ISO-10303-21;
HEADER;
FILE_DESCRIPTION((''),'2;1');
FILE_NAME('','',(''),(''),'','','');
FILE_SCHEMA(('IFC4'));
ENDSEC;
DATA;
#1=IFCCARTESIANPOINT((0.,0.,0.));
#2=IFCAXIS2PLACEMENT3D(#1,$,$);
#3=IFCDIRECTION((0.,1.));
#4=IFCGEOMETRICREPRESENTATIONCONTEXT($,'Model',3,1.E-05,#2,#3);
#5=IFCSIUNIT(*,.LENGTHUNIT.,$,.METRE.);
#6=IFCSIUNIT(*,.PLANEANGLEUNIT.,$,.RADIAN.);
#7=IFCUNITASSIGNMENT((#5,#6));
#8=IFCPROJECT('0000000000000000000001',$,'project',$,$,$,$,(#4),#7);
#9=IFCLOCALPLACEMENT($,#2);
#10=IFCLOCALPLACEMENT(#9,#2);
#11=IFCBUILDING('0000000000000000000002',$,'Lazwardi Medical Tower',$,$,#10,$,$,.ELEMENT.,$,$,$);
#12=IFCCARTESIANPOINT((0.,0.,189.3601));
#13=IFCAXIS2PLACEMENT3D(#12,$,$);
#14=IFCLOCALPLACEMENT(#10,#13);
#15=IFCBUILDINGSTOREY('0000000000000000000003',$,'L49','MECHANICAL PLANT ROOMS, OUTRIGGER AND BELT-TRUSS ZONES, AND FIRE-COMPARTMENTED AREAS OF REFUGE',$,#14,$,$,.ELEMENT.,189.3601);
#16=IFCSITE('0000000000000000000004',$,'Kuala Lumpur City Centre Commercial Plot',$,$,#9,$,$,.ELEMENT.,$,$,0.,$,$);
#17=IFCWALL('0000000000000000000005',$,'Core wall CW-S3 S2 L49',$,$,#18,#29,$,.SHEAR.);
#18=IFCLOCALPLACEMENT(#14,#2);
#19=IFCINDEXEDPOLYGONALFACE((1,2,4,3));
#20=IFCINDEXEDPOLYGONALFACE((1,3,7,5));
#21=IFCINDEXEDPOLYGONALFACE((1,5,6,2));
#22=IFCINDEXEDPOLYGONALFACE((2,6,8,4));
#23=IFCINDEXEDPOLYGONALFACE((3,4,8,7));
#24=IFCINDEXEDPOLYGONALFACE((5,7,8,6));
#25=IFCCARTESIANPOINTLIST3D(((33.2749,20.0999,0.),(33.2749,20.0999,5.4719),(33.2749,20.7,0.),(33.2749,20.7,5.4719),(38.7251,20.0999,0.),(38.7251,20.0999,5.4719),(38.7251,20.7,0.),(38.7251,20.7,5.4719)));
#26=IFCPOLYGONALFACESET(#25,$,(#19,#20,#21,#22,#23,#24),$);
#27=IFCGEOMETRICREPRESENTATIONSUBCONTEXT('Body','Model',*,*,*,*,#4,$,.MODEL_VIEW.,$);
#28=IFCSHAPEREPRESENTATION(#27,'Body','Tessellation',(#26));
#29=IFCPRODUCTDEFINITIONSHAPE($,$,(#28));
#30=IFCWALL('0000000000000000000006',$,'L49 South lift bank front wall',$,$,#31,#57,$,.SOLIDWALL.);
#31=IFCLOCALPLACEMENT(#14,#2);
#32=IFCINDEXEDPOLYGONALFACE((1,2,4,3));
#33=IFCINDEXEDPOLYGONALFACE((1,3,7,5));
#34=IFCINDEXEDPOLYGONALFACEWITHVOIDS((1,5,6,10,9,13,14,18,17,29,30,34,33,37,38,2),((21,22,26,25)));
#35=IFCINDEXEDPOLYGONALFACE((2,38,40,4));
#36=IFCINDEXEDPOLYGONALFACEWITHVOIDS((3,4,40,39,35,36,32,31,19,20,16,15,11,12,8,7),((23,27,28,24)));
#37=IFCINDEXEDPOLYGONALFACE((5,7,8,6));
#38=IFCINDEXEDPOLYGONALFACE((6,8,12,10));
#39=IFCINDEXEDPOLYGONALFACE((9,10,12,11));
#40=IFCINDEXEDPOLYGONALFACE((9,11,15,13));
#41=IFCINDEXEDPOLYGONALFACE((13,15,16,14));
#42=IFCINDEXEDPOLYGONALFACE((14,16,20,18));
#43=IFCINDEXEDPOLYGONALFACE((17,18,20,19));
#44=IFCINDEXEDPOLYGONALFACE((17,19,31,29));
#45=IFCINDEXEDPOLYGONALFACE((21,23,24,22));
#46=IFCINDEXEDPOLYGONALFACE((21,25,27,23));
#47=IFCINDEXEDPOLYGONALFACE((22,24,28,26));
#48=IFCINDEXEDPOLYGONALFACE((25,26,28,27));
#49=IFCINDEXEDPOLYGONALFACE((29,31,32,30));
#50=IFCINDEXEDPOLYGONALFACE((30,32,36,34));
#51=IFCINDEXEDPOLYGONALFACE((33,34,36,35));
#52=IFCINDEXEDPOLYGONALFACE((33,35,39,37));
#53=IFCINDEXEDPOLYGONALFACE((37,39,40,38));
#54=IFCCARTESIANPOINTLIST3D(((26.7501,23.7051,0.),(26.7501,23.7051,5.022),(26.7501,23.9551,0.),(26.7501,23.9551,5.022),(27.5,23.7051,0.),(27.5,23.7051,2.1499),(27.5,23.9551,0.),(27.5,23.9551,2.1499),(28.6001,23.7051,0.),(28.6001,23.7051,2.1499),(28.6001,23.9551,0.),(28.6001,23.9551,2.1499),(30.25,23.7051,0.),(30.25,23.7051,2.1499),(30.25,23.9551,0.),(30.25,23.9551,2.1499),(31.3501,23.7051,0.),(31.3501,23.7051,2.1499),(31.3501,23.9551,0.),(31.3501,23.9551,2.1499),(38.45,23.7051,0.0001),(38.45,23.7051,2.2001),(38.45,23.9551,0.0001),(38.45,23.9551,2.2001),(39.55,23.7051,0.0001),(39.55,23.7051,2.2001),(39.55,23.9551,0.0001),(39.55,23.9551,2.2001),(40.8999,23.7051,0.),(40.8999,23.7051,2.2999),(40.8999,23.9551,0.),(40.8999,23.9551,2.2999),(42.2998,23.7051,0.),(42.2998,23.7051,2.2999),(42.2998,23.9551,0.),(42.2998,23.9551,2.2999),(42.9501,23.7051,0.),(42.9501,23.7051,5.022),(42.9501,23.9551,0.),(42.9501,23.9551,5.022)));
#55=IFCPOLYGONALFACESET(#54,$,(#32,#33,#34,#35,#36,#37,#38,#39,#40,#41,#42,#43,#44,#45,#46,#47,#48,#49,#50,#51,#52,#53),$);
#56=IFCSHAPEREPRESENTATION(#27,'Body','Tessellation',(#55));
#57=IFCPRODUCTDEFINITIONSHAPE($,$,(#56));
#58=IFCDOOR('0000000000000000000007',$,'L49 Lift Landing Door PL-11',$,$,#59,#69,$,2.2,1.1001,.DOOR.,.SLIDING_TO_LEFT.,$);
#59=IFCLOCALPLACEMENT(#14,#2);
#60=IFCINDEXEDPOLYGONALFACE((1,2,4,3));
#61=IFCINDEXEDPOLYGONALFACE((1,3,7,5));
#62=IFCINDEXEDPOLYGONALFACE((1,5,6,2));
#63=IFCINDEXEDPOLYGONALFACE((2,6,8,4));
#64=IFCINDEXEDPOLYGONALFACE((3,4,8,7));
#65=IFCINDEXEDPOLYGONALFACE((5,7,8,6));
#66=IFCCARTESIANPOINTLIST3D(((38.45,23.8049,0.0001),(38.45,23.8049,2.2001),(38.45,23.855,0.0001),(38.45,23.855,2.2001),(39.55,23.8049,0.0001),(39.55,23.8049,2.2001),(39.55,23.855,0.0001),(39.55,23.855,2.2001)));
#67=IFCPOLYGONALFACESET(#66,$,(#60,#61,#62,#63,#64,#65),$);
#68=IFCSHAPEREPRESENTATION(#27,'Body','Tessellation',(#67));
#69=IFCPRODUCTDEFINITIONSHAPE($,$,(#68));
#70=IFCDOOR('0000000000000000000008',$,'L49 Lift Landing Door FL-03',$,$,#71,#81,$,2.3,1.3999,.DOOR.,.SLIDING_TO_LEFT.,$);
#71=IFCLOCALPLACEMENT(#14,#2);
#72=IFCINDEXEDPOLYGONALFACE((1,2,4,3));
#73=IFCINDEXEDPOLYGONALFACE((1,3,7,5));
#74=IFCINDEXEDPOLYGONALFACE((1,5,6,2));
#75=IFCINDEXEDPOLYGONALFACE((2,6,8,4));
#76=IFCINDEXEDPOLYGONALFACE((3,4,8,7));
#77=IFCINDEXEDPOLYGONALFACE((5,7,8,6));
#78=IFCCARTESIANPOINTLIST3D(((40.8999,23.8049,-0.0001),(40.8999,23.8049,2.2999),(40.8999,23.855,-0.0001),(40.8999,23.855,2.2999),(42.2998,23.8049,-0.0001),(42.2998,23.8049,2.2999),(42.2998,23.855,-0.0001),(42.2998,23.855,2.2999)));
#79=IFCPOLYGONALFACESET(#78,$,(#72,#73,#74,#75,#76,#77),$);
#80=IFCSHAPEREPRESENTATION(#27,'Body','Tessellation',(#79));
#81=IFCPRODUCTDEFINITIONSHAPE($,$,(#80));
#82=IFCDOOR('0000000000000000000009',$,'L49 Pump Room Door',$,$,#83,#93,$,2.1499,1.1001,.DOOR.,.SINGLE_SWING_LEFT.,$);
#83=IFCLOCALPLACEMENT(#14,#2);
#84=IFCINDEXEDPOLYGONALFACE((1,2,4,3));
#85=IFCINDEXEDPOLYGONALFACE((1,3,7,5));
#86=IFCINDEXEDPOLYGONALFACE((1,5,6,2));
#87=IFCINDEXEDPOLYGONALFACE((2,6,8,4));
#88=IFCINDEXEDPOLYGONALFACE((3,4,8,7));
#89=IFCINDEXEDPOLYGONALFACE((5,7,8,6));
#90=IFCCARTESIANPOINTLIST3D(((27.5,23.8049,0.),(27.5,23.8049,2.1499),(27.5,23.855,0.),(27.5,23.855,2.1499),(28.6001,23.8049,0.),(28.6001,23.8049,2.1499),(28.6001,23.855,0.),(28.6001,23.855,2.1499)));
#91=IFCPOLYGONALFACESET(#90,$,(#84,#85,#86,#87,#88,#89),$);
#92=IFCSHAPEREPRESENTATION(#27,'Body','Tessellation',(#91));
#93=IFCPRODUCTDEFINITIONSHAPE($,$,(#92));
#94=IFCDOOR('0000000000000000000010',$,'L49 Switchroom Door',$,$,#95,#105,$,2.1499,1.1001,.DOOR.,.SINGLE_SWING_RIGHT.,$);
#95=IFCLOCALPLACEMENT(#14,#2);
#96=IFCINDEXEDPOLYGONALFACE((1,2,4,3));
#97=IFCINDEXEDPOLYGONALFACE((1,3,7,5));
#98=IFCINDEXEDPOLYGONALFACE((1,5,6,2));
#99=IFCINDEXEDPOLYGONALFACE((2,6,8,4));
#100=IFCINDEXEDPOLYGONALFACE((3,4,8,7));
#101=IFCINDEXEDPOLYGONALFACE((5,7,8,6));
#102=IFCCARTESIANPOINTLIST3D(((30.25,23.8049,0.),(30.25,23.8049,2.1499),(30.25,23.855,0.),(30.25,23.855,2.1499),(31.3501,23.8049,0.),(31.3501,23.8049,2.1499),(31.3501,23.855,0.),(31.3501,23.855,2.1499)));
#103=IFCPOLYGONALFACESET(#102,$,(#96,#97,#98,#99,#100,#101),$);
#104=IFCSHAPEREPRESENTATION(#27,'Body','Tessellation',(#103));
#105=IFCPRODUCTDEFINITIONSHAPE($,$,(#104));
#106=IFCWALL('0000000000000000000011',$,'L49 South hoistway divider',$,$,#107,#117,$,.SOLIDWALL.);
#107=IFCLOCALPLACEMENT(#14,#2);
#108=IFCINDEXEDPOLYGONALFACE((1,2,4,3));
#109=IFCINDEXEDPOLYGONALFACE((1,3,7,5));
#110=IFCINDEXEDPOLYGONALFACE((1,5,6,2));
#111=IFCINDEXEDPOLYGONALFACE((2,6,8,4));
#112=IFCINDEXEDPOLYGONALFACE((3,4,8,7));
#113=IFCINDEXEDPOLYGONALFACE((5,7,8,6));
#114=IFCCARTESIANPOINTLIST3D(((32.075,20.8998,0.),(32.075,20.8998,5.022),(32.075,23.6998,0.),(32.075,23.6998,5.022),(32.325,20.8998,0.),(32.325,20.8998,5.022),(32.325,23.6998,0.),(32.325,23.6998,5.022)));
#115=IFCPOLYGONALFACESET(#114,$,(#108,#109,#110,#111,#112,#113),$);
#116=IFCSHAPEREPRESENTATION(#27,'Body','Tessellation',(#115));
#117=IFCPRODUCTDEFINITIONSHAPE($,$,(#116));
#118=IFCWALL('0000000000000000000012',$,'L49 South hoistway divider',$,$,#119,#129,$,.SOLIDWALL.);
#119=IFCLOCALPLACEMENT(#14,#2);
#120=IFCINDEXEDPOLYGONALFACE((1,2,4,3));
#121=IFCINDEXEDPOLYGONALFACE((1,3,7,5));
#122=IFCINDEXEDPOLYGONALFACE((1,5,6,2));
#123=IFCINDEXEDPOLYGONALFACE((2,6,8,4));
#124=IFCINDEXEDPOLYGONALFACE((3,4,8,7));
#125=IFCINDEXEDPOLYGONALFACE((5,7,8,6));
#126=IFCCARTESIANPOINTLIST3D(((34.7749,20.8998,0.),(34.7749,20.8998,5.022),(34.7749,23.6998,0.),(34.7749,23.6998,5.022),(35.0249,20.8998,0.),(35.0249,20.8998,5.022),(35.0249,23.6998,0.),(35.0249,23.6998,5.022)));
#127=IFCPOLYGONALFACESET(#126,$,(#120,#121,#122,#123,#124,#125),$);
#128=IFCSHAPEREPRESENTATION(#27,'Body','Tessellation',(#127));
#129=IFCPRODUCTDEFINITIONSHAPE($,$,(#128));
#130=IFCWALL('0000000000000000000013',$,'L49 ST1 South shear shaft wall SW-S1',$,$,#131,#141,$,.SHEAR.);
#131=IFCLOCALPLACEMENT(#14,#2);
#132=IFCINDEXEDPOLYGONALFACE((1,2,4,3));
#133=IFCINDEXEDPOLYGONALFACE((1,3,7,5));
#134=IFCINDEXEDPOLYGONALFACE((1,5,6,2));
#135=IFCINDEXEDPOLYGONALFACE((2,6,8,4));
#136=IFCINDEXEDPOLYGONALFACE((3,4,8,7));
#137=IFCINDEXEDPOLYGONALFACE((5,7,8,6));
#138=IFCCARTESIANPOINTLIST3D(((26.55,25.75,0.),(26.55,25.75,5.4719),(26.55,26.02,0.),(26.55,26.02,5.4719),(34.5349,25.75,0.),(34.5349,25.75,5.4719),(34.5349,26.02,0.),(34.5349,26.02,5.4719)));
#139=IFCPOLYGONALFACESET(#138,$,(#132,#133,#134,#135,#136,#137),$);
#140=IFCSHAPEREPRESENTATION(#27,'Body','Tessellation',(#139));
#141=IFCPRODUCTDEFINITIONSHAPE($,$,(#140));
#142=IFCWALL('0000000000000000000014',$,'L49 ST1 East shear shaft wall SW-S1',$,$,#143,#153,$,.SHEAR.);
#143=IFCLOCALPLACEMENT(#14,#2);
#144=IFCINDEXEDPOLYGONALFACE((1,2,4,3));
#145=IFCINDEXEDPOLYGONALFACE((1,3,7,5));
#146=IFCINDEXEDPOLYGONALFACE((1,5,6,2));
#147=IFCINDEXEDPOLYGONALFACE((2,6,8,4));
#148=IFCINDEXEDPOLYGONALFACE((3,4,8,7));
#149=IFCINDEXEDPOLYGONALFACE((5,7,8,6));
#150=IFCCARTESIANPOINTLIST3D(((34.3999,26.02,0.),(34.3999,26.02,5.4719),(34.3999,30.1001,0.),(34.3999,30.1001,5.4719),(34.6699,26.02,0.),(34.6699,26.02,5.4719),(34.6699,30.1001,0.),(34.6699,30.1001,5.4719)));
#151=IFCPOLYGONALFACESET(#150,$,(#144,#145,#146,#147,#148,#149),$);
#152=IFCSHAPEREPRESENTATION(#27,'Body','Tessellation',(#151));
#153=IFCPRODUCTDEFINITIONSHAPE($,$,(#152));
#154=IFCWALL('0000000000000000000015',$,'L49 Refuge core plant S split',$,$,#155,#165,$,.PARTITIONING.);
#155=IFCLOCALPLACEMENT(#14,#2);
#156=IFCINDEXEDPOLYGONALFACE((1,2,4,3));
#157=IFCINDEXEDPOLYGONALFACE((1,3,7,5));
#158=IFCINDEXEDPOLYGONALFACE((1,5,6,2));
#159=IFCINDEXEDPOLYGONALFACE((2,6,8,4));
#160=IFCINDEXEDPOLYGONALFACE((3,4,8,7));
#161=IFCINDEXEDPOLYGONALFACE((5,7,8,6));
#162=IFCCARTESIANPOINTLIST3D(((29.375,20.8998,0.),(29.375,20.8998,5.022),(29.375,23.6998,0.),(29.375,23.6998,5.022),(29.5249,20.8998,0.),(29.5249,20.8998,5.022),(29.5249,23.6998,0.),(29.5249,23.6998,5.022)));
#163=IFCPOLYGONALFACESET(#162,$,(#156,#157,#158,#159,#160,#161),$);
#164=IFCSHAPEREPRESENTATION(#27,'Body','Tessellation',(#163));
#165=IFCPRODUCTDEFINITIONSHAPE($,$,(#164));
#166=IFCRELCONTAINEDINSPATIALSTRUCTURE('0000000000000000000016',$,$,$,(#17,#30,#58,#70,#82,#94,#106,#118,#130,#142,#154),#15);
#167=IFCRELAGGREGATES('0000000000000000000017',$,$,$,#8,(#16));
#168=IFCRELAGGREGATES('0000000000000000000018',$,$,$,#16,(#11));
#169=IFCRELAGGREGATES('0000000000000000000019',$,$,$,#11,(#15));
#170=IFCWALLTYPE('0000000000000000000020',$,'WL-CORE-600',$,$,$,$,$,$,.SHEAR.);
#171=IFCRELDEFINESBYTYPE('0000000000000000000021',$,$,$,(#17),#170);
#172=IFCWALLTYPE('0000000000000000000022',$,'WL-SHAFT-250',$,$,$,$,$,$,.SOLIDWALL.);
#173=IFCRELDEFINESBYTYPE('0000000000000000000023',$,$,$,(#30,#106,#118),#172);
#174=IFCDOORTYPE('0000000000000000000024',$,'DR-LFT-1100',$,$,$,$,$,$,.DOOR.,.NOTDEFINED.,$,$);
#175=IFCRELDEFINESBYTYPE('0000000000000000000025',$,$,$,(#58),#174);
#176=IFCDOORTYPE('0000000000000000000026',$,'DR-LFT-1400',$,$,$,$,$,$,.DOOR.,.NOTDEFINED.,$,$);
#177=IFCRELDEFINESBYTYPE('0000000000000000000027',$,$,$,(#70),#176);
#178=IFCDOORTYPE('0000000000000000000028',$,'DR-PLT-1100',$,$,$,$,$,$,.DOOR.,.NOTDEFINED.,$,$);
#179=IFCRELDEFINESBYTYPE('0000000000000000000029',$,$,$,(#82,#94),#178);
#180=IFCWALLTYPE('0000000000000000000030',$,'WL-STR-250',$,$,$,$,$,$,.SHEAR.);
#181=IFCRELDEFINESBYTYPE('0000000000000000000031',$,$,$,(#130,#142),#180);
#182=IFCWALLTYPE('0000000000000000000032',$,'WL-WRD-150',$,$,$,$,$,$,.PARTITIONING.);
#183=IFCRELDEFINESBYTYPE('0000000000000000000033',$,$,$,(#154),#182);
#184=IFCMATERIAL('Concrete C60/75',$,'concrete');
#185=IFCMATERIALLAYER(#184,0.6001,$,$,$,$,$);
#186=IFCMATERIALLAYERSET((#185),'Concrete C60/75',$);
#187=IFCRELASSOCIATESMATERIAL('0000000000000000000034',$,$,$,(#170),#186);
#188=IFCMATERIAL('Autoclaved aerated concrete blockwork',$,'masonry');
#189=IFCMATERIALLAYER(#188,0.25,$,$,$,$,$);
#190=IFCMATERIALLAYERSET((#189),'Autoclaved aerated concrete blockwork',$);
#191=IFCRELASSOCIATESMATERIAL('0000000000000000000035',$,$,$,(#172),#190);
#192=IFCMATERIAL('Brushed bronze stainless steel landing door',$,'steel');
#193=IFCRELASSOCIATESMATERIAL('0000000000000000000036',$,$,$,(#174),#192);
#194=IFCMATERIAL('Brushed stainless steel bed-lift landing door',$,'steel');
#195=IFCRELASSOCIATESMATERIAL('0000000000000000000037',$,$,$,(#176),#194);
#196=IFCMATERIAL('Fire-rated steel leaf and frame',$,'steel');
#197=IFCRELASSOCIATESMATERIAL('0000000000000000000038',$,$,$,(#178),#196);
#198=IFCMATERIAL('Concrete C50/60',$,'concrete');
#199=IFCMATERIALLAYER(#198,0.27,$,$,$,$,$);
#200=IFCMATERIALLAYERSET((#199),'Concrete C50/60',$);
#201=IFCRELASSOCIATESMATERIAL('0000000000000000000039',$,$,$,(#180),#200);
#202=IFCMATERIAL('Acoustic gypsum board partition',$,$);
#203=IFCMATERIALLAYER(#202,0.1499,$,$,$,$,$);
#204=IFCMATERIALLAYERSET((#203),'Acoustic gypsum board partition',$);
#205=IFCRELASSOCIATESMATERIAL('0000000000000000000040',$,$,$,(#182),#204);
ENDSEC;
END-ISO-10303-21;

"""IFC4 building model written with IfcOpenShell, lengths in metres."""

from ifc_helpers import new_model, si_unit, direction, frame, frame_2d, origin, place, context, subcontext, project, spatial, rectangle, extrude, material, layer, layer_set, type_object, element, fill, save


model = new_model("IFC4")

# Units and contexts
model_context = context("Model", 3, precision=1e-05, world=origin(), true_north=direction((0.0, 1.0)))
body_context = subcontext(model_context, "Body", "Model", "MODEL_VIEW")
ifc_project = project(units=[si_unit("LENGTHUNIT", "METRE"), si_unit("PLANEANGLEUNIT", "RADIAN")], contexts=[model_context])

# Site, building, storey
site_placement = place(None, origin())
site = spatial("IfcSite", under=ifc_project, at=site_placement, Name="Kuala Lumpur City Centre Commercial Plot", CompositionType="ELEMENT", RefElevation=0.0)
building_placement = place(site_placement, origin())
building = spatial("IfcBuilding", under=site, at=building_placement, Name="Lazwardi Medical Tower", CompositionType="ELEMENT")
storey_placement = place(building_placement, frame((0.0, 0.0, 189.3601)))
storey = spatial("IfcBuildingStorey", under=building, at=storey_placement, Name="L49", Description="MECHANICAL PLANT ROOMS, OUTRIGGER AND BELT-TRUSS ZONES, AND FIRE-COMPARTMENTED AREAS OF REFUGE", CompositionType="ELEMENT", Elevation=189.3601)

# Shared definitions
ifc_material_1 = material(Name="Concrete C60/75", Category="concrete")
ifc_layer_1 = layer(ifc_material_1, 0.6001)
ifc_layer_set_1 = layer_set([ifc_layer_1], Name="Concrete C60/75")
wall_type_1 = type_object("IfcWallType", Name="WL-CORE-600", PredefinedType="SHEAR", material=ifc_layer_set_1)
ifc_material_2 = material(Name="Fire-rated steel leaf and frame", Category="steel")

# Wall
wall_1_placement = place(storey_placement, frame((33.2749, 20.3999, 0.0), z_axis=(0.0, 0.0, 1.0), x_axis=(1.0, 0.0, 0.0)))
element("IfcWall", 1, at=wall_1_placement, inside=storey, type_object=wall_type_1, Name="Core wall CW-S3 S2 L49", PredefinedType="SHEAR", context=body_context, shape_type="SweptSolid", body=[
    extrude(rectangle(XDim=5.4502, YDim=0.6001, at=frame_2d((2.7251, 0.0))), origin(), (0.0, 0.0, 1.0), 5.4719),
])

# Wall, openings, doors
ifc_material_3 = material(Name="Autoclaved aerated concrete blockwork", Category="masonry")
ifc_layer_2 = layer(ifc_material_3, 0.25)
ifc_layer_set_2 = layer_set([ifc_layer_2], Name="Autoclaved aerated concrete blockwork")
wall_type_2 = type_object("IfcWallType", Name="WL-SHAFT-250", PredefinedType="SOLIDWALL", material=ifc_layer_set_2)
wall_2_placement = place(storey_placement, frame((26.75, 23.8301, 0.0), z_axis=(0.0, 0.0, 1.0), x_axis=(1.0, 0.0, 0.0)))
wall_2 = element("IfcWall", 2, at=wall_2_placement, inside=storey, type_object=wall_type_2, Name="L49 South lift bank front wall", PredefinedType="SOLIDWALL", context=body_context, shape_type="SweptSolid", body=[
    extrude(rectangle(XDim=16.2, YDim=0.25, at=frame_2d((8.1001, 0.0))), origin(), (0.0, 0.0, 1.0), 5.022),
])
opening_1_placement = place(wall_2_placement, frame((0.75, 0.0, 0.0)))
opening_1 = element("IfcOpeningElement", 3, at=opening_1_placement, cuts=wall_2, PredefinedType="OPENING", context=body_context, shape_type="SweptSolid", body=[
    extrude(rectangle(XDim=1.1001, YDim=2.1499, at=frame_2d((0.55, 1.075))), frame((0.0, 0.135, 0.0), z_axis=(0.0, -1.0, 0.0), x_axis=(1.0, 0.0, 0.0)), (0.0, 0.0, 1.0), 0.27),
])
opening_2_placement = place(wall_2_placement, frame((3.5, 0.0, 0.0)))
opening_2 = element("IfcOpeningElement", 4, at=opening_2_placement, cuts=wall_2, PredefinedType="OPENING", context=body_context, shape_type="SweptSolid", body=[
    extrude(rectangle(XDim=1.1001, YDim=2.1499, at=frame_2d((0.55, 1.075))), frame((0.0, 0.135, 0.0), z_axis=(0.0, -1.0, 0.0), x_axis=(1.0, 0.0, 0.0)), (0.0, 0.0, 1.0), 0.27),
])
opening_3_placement = place(wall_2_placement, frame((11.7, 0.0, 0.0)))
opening_3 = element("IfcOpeningElement", 5, at=opening_3_placement, cuts=wall_2, PredefinedType="OPENING", context=body_context, shape_type="SweptSolid", body=[
    extrude(rectangle(XDim=1.1001, YDim=2.2, at=frame_2d((0.55, 1.1001))), frame((0.0, 0.135, 0.0), z_axis=(0.0, -1.0, 0.0), x_axis=(1.0, 0.0, 0.0)), (0.0, 0.0, 1.0), 0.27),
])
opening_4_placement = place(wall_2_placement, frame((14.1499, 0.0, 0.0)))
opening_4 = element("IfcOpeningElement", 6, at=opening_4_placement, cuts=wall_2, PredefinedType="OPENING", context=body_context, shape_type="SweptSolid", body=[
    extrude(rectangle(XDim=1.3999, YDim=2.3, at=frame_2d((0.7, 1.1499))), frame((0.0, 0.135, 0.0), z_axis=(0.0, -1.0, 0.0), x_axis=(1.0, 0.0, 0.0)), (0.0, 0.0, 1.0), 0.27),
])
ifc_material_4 = material(Name="Brushed bronze stainless steel landing door", Category="steel")
door_type_1 = type_object("IfcDoorType", Name="DR-LFT-1100", OperationType="NOTDEFINED", PredefinedType="DOOR", material=ifc_material_4)
door_1_placement = place(opening_3_placement, origin())
door_1 = element("IfcDoor", 7, at=door_1_placement, inside=storey, type_object=door_type_1, Name="L49 Lift Landing Door PL-11", OperationType="SLIDING_TO_LEFT", OverallHeight=2.2, OverallWidth=1.1001, PredefinedType="DOOR", context=body_context, shape_type="SweptSolid", body=[
    extrude(rectangle(XDim=1.1001, YDim=2.2, at=frame_2d((0.55, 1.1001))), frame((0.0, 0.0249, 0.0), z_axis=(0.0, -1.0, 0.0), x_axis=(1.0, 0.0, 0.0)), (0.0, 0.0, 1.0), 0.05),
])
fill(opening_3, door_1)
ifc_material_5 = material(Name="Brushed stainless steel bed-lift landing door", Category="steel")
door_type_2 = type_object("IfcDoorType", Name="DR-LFT-1400", OperationType="NOTDEFINED", PredefinedType="DOOR", material=ifc_material_5)
door_2_placement = place(opening_4_placement, origin())
door_2 = element("IfcDoor", 8, at=door_2_placement, inside=storey, type_object=door_type_2, Name="L49 Lift Landing Door FL-03", OperationType="SLIDING_TO_LEFT", OverallHeight=2.3, OverallWidth=1.3999, PredefinedType="DOOR", context=body_context, shape_type="SweptSolid", body=[
    extrude(rectangle(XDim=1.3999, YDim=2.3, at=frame_2d((0.7, 1.1499))), frame((0.0, 0.0249, 0.0), z_axis=(0.0, -1.0, 0.0), x_axis=(1.0, 0.0, 0.0)), (0.0, 0.0, 1.0), 0.05),
])
fill(opening_4, door_2)
door_type_3 = type_object("IfcDoorType", Name="DR-PLT-1100", OperationType="NOTDEFINED", PredefinedType="DOOR", material=ifc_material_2)
door_3_placement = place(opening_1_placement, origin())
door_3 = element("IfcDoor", 9, at=door_3_placement, inside=storey, type_object=door_type_3, Name="L49 Pump Room Door", OperationType="SINGLE_SWING_LEFT", OverallHeight=2.1499, OverallWidth=1.1001, PredefinedType="DOOR", context=body_context, shape_type="SweptSolid", body=[
    extrude(rectangle(XDim=1.1001, YDim=2.1499, at=frame_2d((0.55, 1.075))), frame((0.0, 0.0249, 0.0), z_axis=(0.0, -1.0, 0.0), x_axis=(1.0, 0.0, 0.0)), (0.0, 0.0, 1.0), 0.05),
])
fill(opening_1, door_3)
door_4_placement = place(opening_2_placement, origin())
door_4 = element("IfcDoor", 10, at=door_4_placement, inside=storey, type_object=door_type_3, Name="L49 Switchroom Door", OperationType="SINGLE_SWING_RIGHT", OverallHeight=2.1499, OverallWidth=1.1001, PredefinedType="DOOR", context=body_context, shape_type="SweptSolid", body=[
    extrude(rectangle(XDim=1.1001, YDim=2.1499, at=frame_2d((0.55, 1.075))), frame((0.0, 0.0249, 0.0), z_axis=(0.0, -1.0, 0.0), x_axis=(1.0, 0.0, 0.0)), (0.0, 0.0, 1.0), 0.05),
])
fill(opening_2, door_4)

# Walls
for number, where, z_axis, x_axis, name in (
    (11, (32.2, 20.8999, 0.0), (0.0, 0.0, 1.0), (0.0, 1.0, 0.0), "L49 South hoistway divider"),
    (12, (34.8999, 20.8999, 0.0), (0.0, 0.0, 1.0), (0.0, 1.0, 0.0), "L49 South hoistway divider"),
):
    element("IfcWall", number, at=place(storey_placement, frame(where, z_axis=z_axis, x_axis=x_axis)), inside=storey, type_object=wall_type_2, Name=name, PredefinedType="SOLIDWALL", context=body_context, shape_type="SweptSolid", body=[
        extrude(rectangle(XDim=2.8, YDim=0.25, at=frame_2d((1.3999, 0.0))), origin(), (0.0, 0.0, 1.0), 5.022),
    ])
ifc_material_6 = material(Name="Concrete C50/60", Category="concrete")
ifc_layer_3 = layer(ifc_material_6, 0.27)
ifc_layer_set_3 = layer_set([ifc_layer_3], Name="Concrete C50/60")
wall_type_3 = type_object("IfcWallType", Name="WL-STR-250", PredefinedType="SHEAR", material=ifc_layer_set_3)
wall_3_placement = place(storey_placement, frame((26.55, 25.885, 0.0), z_axis=(0.0, 0.0, 1.0), x_axis=(1.0, 0.0, 0.0)))
element("IfcWall", 13, at=wall_3_placement, inside=storey, type_object=wall_type_3, Name="L49 ST1 South shear shaft wall SW-S1", PredefinedType="SHEAR", context=body_context, shape_type="SweptSolid", body=[
    extrude(rectangle(XDim=7.9849, YDim=0.27, at=frame_2d((3.9924, 0.0))), origin(), (0.0, 0.0, 1.0), 5.4719),
])

# Walls
wall_4_placement = place(storey_placement, frame((34.5349, 26.02, 0.0), z_axis=(0.0, 0.0, 1.0), x_axis=(0.0, 1.0, 0.0)))
element("IfcWall", 14, at=wall_4_placement, inside=storey, type_object=wall_type_3, Name="L49 ST1 East shear shaft wall SW-S1", PredefinedType="SHEAR", context=body_context, shape_type="SweptSolid", body=[
    extrude(rectangle(XDim=4.0801, YDim=0.27, at=frame_2d((2.04, 0.0))), origin(), (0.0, 0.0, 1.0), 5.4719),
])
ifc_material_7 = material(Name="Acoustic gypsum board partition")
ifc_layer_4 = layer(ifc_material_7, 0.1499)
ifc_layer_set_4 = layer_set([ifc_layer_4], Name="Acoustic gypsum board partition")
wall_type_4 = type_object("IfcWallType", Name="WL-WRD-150", PredefinedType="PARTITIONING", material=ifc_layer_set_4)
wall_5_placement = place(storey_placement, frame((29.45, 20.8999, 0.0), z_axis=(0.0, 0.0, 1.0), x_axis=(0.0, 1.0, 0.0)))
element("IfcWall", 15, at=wall_5_placement, inside=storey, type_object=wall_type_4, Name="L49 Refuge core plant S split", PredefinedType="PARTITIONING", context=body_context, shape_type="SweptSolid", body=[
    extrude(rectangle(XDim=2.8, YDim=0.1499, at=frame_2d((1.3999, 0.0))), origin(), (0.0, 0.0, 1.0), 5.022),
])

save(model, "model.ifc")
